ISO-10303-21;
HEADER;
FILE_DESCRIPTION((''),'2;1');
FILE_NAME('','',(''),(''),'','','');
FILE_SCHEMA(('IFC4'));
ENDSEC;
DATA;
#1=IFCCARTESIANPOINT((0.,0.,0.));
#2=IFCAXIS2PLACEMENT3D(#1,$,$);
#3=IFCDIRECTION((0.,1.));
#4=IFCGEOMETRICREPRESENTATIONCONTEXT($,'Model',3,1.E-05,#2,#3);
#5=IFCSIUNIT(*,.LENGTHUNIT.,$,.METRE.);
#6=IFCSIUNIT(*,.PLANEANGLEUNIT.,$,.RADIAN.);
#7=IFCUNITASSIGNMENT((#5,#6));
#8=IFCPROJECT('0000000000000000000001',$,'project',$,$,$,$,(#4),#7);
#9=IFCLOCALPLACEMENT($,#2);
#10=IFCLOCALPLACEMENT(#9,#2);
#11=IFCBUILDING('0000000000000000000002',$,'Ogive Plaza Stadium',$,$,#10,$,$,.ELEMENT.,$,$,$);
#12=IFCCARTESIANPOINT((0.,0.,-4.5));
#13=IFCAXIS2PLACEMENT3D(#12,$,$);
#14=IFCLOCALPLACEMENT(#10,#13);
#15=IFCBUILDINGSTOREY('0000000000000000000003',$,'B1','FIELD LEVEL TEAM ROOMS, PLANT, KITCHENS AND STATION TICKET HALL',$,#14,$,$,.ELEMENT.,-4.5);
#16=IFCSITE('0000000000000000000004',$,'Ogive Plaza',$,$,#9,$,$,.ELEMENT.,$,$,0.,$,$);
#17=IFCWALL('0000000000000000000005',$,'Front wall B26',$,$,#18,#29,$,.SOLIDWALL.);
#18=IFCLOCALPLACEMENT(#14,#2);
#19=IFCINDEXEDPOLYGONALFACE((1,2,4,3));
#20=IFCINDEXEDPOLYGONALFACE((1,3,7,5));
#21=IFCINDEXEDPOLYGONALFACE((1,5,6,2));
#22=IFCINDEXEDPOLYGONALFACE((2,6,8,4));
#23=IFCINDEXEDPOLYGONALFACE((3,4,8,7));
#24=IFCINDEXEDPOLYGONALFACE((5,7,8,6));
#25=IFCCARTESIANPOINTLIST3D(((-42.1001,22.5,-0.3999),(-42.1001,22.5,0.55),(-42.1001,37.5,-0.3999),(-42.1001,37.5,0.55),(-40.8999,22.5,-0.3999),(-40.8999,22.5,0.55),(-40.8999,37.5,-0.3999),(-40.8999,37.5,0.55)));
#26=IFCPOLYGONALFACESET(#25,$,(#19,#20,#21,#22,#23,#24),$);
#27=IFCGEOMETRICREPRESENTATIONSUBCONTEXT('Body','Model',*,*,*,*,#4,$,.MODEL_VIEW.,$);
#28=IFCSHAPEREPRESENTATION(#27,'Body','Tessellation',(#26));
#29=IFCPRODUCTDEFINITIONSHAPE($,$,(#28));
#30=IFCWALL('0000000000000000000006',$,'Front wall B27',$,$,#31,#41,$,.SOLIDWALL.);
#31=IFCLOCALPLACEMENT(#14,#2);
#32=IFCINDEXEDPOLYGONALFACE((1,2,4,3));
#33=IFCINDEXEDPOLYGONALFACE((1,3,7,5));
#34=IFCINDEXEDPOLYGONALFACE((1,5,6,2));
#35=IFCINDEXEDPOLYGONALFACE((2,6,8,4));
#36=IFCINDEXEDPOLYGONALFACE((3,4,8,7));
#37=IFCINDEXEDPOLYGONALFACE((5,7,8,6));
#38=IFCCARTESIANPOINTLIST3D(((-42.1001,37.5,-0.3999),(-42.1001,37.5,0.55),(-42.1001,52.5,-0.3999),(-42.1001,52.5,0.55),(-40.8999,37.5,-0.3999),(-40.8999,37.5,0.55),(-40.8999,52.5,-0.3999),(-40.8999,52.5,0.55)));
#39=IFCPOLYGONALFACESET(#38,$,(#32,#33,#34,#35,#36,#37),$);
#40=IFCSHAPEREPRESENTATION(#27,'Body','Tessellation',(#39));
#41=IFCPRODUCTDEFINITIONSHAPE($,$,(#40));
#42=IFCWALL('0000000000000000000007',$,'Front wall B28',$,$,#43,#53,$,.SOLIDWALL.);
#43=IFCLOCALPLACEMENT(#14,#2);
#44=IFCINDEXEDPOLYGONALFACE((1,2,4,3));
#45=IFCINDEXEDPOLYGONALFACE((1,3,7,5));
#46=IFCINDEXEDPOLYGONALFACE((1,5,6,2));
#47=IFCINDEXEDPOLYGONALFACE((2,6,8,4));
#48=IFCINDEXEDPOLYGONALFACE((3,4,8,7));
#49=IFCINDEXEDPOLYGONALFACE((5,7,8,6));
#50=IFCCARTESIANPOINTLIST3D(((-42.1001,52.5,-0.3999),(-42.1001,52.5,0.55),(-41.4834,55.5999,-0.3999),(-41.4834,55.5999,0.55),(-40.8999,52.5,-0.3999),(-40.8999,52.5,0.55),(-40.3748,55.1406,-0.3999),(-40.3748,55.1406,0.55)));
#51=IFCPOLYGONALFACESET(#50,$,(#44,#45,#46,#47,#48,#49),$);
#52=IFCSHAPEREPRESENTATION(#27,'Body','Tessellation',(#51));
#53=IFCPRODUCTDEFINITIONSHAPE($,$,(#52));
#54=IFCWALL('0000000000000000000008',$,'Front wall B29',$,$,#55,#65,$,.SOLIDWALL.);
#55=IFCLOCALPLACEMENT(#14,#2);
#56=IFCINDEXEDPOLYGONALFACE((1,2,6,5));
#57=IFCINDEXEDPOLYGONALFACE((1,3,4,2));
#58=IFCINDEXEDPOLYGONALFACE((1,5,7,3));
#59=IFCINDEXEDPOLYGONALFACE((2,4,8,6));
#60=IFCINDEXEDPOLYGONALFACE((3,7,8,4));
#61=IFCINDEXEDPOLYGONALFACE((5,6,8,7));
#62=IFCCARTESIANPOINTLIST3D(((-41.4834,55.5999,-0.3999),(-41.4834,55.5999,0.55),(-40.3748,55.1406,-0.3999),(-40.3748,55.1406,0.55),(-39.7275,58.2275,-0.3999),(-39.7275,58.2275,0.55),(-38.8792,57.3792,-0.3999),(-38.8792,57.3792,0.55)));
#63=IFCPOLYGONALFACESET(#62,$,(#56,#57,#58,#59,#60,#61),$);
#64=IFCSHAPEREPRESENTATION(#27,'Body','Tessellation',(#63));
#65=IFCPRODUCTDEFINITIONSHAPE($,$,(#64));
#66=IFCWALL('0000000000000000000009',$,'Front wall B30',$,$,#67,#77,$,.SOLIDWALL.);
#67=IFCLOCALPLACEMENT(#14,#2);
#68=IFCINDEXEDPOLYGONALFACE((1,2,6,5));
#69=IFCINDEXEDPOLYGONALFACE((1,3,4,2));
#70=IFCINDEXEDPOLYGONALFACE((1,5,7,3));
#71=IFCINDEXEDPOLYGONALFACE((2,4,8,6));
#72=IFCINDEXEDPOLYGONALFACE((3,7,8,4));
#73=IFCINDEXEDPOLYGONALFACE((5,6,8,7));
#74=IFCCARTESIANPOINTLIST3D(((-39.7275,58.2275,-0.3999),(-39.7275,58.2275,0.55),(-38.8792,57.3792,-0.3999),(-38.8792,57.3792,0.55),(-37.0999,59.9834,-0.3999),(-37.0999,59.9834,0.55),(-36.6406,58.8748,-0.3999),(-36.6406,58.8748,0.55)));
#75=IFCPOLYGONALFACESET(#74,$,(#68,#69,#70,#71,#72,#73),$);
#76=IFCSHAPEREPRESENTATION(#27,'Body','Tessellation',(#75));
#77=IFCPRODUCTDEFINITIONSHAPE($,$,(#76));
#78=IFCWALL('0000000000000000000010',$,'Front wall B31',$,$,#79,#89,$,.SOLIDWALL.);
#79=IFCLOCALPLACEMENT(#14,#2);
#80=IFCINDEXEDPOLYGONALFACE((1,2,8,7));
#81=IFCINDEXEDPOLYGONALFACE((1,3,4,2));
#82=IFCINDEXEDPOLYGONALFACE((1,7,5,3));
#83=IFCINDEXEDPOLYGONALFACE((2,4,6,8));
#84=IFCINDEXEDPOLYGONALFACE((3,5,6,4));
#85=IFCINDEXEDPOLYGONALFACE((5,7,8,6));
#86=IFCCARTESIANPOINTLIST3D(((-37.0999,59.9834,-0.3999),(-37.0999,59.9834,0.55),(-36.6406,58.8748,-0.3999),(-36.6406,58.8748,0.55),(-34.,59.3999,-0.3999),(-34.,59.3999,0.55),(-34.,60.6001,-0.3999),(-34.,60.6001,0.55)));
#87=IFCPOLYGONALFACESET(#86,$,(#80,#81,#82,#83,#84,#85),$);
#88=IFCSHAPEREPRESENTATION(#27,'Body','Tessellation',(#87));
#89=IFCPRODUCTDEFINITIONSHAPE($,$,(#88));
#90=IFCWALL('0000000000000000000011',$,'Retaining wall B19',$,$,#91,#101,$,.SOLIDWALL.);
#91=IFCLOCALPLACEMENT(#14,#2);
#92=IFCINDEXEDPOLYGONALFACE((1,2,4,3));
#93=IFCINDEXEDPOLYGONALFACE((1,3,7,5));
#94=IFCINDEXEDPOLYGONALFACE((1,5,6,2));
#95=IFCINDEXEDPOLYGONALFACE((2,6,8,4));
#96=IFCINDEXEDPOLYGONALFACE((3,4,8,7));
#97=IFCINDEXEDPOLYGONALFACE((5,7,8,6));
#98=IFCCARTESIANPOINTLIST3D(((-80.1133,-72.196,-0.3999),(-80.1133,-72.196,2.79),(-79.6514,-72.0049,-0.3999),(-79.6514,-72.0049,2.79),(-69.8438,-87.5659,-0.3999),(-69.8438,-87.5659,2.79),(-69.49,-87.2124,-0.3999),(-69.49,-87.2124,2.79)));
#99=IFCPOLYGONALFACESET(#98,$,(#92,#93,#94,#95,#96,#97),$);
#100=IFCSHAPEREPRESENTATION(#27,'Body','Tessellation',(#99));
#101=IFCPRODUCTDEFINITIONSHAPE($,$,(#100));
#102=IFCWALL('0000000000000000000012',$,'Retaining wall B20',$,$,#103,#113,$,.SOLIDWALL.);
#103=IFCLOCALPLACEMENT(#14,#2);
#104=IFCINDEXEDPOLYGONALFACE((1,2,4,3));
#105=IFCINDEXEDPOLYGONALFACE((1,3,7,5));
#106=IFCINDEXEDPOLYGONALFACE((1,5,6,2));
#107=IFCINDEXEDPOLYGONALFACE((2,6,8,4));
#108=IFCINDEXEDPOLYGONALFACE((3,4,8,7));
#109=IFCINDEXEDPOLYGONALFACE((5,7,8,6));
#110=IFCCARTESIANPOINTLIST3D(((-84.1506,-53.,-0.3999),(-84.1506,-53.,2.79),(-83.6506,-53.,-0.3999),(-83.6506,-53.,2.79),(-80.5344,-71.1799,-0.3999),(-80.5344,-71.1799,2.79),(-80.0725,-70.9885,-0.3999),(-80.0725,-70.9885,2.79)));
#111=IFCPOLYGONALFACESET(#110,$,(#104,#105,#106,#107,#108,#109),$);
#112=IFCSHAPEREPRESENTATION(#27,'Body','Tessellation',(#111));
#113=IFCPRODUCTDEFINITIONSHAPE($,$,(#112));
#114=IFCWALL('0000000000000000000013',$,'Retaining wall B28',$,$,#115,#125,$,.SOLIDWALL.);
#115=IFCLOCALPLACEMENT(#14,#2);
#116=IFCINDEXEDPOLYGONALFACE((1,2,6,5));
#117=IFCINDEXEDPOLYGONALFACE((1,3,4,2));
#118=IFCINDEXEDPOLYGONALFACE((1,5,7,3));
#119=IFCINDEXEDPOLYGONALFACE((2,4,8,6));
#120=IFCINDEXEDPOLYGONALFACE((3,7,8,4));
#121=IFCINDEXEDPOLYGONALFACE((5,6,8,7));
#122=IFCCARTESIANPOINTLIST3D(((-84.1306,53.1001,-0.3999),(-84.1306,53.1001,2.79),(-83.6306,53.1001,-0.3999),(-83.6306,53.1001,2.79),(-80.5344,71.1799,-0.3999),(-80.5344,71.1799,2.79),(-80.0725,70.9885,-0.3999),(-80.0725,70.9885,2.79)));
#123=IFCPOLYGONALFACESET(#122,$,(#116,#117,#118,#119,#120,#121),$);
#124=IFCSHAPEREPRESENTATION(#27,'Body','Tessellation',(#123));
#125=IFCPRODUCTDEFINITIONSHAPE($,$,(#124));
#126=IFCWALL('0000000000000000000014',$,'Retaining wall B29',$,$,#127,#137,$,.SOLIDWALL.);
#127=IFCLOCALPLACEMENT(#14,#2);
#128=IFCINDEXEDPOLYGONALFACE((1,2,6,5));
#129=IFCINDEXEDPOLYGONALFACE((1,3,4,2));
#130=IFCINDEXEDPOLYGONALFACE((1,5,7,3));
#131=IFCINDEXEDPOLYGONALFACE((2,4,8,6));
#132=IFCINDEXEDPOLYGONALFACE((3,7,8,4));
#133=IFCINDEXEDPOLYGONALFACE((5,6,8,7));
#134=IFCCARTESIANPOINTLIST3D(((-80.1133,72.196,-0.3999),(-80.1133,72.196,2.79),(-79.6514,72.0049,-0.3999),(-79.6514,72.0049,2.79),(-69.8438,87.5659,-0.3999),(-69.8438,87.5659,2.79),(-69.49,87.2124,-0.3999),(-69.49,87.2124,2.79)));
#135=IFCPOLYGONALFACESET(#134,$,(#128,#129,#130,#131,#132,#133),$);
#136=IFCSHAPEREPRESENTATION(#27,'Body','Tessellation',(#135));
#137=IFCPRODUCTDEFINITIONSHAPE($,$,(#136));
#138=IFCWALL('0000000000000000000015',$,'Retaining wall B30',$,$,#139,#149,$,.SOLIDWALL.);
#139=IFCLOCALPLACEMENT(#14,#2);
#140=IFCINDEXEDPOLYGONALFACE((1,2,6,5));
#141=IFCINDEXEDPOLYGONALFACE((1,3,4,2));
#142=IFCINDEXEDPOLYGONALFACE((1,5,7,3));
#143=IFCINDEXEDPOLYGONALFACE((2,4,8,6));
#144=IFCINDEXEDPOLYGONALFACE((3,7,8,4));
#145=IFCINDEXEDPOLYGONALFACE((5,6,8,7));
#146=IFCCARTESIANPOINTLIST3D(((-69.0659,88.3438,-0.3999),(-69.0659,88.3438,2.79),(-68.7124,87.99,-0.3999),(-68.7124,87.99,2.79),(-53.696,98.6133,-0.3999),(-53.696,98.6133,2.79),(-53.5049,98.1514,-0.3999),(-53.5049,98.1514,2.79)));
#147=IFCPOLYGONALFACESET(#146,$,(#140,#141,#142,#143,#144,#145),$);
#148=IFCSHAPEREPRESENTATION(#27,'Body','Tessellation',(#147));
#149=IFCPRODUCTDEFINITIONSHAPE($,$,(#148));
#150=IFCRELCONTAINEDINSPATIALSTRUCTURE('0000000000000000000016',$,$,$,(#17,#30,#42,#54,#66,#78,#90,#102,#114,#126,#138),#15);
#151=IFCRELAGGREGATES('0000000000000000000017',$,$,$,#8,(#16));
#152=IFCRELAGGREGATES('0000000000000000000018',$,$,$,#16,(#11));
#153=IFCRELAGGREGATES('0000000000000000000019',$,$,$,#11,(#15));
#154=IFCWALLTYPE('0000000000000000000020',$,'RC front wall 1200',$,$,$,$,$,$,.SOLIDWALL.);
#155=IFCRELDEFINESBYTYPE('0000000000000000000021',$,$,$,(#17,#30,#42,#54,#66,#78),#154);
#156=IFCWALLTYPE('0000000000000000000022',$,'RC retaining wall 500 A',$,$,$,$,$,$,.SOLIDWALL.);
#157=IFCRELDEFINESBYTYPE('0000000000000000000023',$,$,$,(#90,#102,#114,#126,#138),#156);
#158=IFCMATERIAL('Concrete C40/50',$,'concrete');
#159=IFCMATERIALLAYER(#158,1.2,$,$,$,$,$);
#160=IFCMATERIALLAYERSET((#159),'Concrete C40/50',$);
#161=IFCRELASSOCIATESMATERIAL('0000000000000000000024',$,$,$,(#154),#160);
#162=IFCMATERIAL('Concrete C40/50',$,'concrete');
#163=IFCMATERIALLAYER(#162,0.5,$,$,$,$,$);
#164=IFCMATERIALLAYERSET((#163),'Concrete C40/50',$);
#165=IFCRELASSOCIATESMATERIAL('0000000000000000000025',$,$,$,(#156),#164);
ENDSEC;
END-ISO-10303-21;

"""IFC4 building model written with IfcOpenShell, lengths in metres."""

from ifc_helpers import new_model, si_unit, direction, frame, origin, place, context, subcontext, project, spatial, polyline, outline, extrude, material, layer, layer_set, type_object, element, save


model = new_model("IFC4")

# Units and contexts
model_context = context("Model", 3, precision=1e-05, world=origin(), true_north=direction((0.0, 1.0)))
body_context = subcontext(model_context, "Body", "Model", "MODEL_VIEW")
ifc_project = project(units=[si_unit("LENGTHUNIT", "METRE"), si_unit("PLANEANGLEUNIT", "RADIAN")], contexts=[model_context])

# Site, building, storey
site_placement = place(None, origin())
site = spatial("IfcSite", under=ifc_project, at=site_placement, Name="Ogive Plaza", CompositionType="ELEMENT", RefElevation=0.0)
building_placement = place(site_placement, origin())
building = spatial("IfcBuilding", under=site, at=building_placement, Name="Ogive Plaza Stadium", CompositionType="ELEMENT")
storey_placement = place(building_placement, frame((0.0, 0.0, -4.5)))
storey = spatial("IfcBuildingStorey", under=building, at=storey_placement, Name="B1", Description="FIELD LEVEL TEAM ROOMS, PLANT, KITCHENS AND STATION TICKET HALL", CompositionType="ELEMENT", Elevation=-4.5)

# Walls
ifc_material_1 = material(Name="Concrete C40/50", Category="concrete")
ifc_layer_1 = layer(ifc_material_1, 1.2)
ifc_layer_set_1 = layer_set([ifc_layer_1], Name="Concrete C40/50")
wall_type_1 = type_object("IfcWallType", Name="RC front wall 1200", PredefinedType="SOLIDWALL", material=ifc_layer_set_1)
wall_1_placement = place(storey_placement, frame((0.0, 0.0, -0.3999)))
element("IfcWall", 1, at=wall_1_placement, inside=storey, type_object=wall_type_1, Name="Front wall B26", PredefinedType="SOLIDWALL", context=body_context, shape_type="SweptSolid", body=[
    extrude(outline(polyline([(-40.8999, 37.5), (-42.1001, 37.5), (-42.1001, 22.5), (-40.8999, 22.5), (-40.8999, 37.5)])), origin(), (0.0, 0.0, 1.0), 0.95),
])
wall_2_placement = place(storey_placement, frame((0.0, 0.0, -0.3999)))
element("IfcWall", 2, at=wall_2_placement, inside=storey, type_object=wall_type_1, Name="Front wall B27", PredefinedType="SOLIDWALL", context=body_context, shape_type="SweptSolid", body=[
    extrude(outline(polyline([(-40.8999, 52.5), (-42.1001, 52.5), (-42.1001, 37.5), (-40.8999, 37.5), (-40.8999, 52.5)])), origin(), (0.0, 0.0, 1.0), 0.95),
])
wall_3_placement = place(storey_placement, frame((0.0, 0.0, -0.3999)))
element("IfcWall", 3, at=wall_3_placement, inside=storey, type_object=wall_type_1, Name="Front wall B28", PredefinedType="SOLIDWALL", context=body_context, shape_type="SweptSolid", body=[
    extrude(outline(polyline([(-40.3748, 55.1406), (-41.4834, 55.5999), (-42.1001, 52.5), (-40.8999, 52.5), (-40.3748, 55.1406)])), origin(), (0.0, 0.0, 1.0), 0.95),
])
wall_4_placement = place(storey_placement, frame((0.0, 0.0, -0.3999)))
element("IfcWall", 4, at=wall_4_placement, inside=storey, type_object=wall_type_1, Name="Front wall B29", PredefinedType="SOLIDWALL", context=body_context, shape_type="SweptSolid", body=[
    extrude(outline(polyline([(-38.8792, 57.3792), (-39.7275, 58.2275), (-41.4834, 55.5999), (-40.3748, 55.1406), (-38.8792, 57.3792)])), origin(), (0.0, 0.0, 1.0), 0.95),
])
wall_5_placement = place(storey_placement, frame((0.0, 0.0, -0.3999)))
element("IfcWall", 5, at=wall_5_placement, inside=storey, type_object=wall_type_1, Name="Front wall B30", PredefinedType="SOLIDWALL", context=body_context, shape_type="SweptSolid", body=[
    extrude(outline(polyline([(-36.6406, 58.8748), (-37.0999, 59.9834), (-39.7275, 58.2275), (-38.8792, 57.3792), (-36.6406, 58.8748)])), origin(), (0.0, 0.0, 1.0), 0.95),
])
wall_6_placement = place(storey_placement, frame((0.0, 0.0, -0.3999)))
element("IfcWall", 6, at=wall_6_placement, inside=storey, type_object=wall_type_1, Name="Front wall B31", PredefinedType="SOLIDWALL", context=body_context, shape_type="SweptSolid", body=[
    extrude(outline(polyline([(-34.0, 59.3999), (-34.0, 60.6001), (-37.0999, 59.9834), (-36.6406, 58.8748), (-34.0, 59.3999)])), origin(), (0.0, 0.0, 1.0), 0.95),
])
ifc_material_2 = material(Name="Concrete C40/50", Category="concrete")
ifc_layer_2 = layer(ifc_material_2, 0.5)
ifc_layer_set_2 = layer_set([ifc_layer_2], Name="Concrete C40/50")
wall_type_2 = type_object("IfcWallType", Name="RC retaining wall 500 A", PredefinedType="SOLIDWALL", material=ifc_layer_set_2)
wall_7_placement = place(storey_placement, frame((0.0, 0.0, -0.3999)))
element("IfcWall", 7, at=wall_7_placement, inside=storey, type_object=wall_type_2, Name="Retaining wall B19", PredefinedType="SOLIDWALL", context=body_context, shape_type="SweptSolid", body=[
    extrude(outline(polyline([(-79.6514, -72.0049), (-80.1133, -72.196), (-69.8438, -87.5659), (-69.49, -87.2124), (-79.6514, -72.0049)])), origin(), (0.0, 0.0, 1.0), 3.1899),
])
wall_8_placement = place(storey_placement, frame((0.0, 0.0, -0.3999)))
element("IfcWall", 8, at=wall_8_placement, inside=storey, type_object=wall_type_2, Name="Retaining wall B20", PredefinedType="SOLIDWALL", context=body_context, shape_type="SweptSolid", body=[
    extrude(outline(polyline([(-83.6506, -53.0), (-84.1506, -53.0), (-80.5344, -71.1799), (-80.0725, -70.9885), (-83.6506, -53.0)])), origin(), (0.0, 0.0, 1.0), 3.1899),
])
wall_9_placement = place(storey_placement, frame((0.0, 0.0, -0.3999)))
element("IfcWall", 9, at=wall_9_placement, inside=storey, type_object=wall_type_2, Name="Retaining wall B28", PredefinedType="SOLIDWALL", context=body_context, shape_type="SweptSolid", body=[
    extrude(outline(polyline([(-80.0725, 70.9885), (-80.5344, 71.1799), (-84.1306, 53.1001), (-83.6306, 53.1001), (-80.0725, 70.9885)])), origin(), (0.0, 0.0, 1.0), 3.1899),
])
wall_10_placement = place(storey_placement, frame((0.0, 0.0, -0.3999)))
element("IfcWall", 10, at=wall_10_placement, inside=storey, type_object=wall_type_2, Name="Retaining wall B29", PredefinedType="SOLIDWALL", context=body_context, shape_type="SweptSolid", body=[
    extrude(outline(polyline([(-69.49, 87.2124), (-69.8438, 87.5659), (-80.1133, 72.196), (-79.6514, 72.0049), (-69.49, 87.2124)])), origin(), (0.0, 0.0, 1.0), 3.1899),
])
wall_11_placement = place(storey_placement, frame((0.0, 0.0, -0.3999)))
element("IfcWall", 11, at=wall_11_placement, inside=storey, type_object=wall_type_2, Name="Retaining wall B30", PredefinedType="SOLIDWALL", context=body_context, shape_type="SweptSolid", body=[
    extrude(outline(polyline([(-53.5049, 98.1514), (-53.696, 98.6133), (-69.0659, 88.3438), (-68.7124, 87.99), (-53.5049, 98.1514)])), origin(), (0.0, 0.0, 1.0), 3.1899),
])

save(model, "model.ifc")
